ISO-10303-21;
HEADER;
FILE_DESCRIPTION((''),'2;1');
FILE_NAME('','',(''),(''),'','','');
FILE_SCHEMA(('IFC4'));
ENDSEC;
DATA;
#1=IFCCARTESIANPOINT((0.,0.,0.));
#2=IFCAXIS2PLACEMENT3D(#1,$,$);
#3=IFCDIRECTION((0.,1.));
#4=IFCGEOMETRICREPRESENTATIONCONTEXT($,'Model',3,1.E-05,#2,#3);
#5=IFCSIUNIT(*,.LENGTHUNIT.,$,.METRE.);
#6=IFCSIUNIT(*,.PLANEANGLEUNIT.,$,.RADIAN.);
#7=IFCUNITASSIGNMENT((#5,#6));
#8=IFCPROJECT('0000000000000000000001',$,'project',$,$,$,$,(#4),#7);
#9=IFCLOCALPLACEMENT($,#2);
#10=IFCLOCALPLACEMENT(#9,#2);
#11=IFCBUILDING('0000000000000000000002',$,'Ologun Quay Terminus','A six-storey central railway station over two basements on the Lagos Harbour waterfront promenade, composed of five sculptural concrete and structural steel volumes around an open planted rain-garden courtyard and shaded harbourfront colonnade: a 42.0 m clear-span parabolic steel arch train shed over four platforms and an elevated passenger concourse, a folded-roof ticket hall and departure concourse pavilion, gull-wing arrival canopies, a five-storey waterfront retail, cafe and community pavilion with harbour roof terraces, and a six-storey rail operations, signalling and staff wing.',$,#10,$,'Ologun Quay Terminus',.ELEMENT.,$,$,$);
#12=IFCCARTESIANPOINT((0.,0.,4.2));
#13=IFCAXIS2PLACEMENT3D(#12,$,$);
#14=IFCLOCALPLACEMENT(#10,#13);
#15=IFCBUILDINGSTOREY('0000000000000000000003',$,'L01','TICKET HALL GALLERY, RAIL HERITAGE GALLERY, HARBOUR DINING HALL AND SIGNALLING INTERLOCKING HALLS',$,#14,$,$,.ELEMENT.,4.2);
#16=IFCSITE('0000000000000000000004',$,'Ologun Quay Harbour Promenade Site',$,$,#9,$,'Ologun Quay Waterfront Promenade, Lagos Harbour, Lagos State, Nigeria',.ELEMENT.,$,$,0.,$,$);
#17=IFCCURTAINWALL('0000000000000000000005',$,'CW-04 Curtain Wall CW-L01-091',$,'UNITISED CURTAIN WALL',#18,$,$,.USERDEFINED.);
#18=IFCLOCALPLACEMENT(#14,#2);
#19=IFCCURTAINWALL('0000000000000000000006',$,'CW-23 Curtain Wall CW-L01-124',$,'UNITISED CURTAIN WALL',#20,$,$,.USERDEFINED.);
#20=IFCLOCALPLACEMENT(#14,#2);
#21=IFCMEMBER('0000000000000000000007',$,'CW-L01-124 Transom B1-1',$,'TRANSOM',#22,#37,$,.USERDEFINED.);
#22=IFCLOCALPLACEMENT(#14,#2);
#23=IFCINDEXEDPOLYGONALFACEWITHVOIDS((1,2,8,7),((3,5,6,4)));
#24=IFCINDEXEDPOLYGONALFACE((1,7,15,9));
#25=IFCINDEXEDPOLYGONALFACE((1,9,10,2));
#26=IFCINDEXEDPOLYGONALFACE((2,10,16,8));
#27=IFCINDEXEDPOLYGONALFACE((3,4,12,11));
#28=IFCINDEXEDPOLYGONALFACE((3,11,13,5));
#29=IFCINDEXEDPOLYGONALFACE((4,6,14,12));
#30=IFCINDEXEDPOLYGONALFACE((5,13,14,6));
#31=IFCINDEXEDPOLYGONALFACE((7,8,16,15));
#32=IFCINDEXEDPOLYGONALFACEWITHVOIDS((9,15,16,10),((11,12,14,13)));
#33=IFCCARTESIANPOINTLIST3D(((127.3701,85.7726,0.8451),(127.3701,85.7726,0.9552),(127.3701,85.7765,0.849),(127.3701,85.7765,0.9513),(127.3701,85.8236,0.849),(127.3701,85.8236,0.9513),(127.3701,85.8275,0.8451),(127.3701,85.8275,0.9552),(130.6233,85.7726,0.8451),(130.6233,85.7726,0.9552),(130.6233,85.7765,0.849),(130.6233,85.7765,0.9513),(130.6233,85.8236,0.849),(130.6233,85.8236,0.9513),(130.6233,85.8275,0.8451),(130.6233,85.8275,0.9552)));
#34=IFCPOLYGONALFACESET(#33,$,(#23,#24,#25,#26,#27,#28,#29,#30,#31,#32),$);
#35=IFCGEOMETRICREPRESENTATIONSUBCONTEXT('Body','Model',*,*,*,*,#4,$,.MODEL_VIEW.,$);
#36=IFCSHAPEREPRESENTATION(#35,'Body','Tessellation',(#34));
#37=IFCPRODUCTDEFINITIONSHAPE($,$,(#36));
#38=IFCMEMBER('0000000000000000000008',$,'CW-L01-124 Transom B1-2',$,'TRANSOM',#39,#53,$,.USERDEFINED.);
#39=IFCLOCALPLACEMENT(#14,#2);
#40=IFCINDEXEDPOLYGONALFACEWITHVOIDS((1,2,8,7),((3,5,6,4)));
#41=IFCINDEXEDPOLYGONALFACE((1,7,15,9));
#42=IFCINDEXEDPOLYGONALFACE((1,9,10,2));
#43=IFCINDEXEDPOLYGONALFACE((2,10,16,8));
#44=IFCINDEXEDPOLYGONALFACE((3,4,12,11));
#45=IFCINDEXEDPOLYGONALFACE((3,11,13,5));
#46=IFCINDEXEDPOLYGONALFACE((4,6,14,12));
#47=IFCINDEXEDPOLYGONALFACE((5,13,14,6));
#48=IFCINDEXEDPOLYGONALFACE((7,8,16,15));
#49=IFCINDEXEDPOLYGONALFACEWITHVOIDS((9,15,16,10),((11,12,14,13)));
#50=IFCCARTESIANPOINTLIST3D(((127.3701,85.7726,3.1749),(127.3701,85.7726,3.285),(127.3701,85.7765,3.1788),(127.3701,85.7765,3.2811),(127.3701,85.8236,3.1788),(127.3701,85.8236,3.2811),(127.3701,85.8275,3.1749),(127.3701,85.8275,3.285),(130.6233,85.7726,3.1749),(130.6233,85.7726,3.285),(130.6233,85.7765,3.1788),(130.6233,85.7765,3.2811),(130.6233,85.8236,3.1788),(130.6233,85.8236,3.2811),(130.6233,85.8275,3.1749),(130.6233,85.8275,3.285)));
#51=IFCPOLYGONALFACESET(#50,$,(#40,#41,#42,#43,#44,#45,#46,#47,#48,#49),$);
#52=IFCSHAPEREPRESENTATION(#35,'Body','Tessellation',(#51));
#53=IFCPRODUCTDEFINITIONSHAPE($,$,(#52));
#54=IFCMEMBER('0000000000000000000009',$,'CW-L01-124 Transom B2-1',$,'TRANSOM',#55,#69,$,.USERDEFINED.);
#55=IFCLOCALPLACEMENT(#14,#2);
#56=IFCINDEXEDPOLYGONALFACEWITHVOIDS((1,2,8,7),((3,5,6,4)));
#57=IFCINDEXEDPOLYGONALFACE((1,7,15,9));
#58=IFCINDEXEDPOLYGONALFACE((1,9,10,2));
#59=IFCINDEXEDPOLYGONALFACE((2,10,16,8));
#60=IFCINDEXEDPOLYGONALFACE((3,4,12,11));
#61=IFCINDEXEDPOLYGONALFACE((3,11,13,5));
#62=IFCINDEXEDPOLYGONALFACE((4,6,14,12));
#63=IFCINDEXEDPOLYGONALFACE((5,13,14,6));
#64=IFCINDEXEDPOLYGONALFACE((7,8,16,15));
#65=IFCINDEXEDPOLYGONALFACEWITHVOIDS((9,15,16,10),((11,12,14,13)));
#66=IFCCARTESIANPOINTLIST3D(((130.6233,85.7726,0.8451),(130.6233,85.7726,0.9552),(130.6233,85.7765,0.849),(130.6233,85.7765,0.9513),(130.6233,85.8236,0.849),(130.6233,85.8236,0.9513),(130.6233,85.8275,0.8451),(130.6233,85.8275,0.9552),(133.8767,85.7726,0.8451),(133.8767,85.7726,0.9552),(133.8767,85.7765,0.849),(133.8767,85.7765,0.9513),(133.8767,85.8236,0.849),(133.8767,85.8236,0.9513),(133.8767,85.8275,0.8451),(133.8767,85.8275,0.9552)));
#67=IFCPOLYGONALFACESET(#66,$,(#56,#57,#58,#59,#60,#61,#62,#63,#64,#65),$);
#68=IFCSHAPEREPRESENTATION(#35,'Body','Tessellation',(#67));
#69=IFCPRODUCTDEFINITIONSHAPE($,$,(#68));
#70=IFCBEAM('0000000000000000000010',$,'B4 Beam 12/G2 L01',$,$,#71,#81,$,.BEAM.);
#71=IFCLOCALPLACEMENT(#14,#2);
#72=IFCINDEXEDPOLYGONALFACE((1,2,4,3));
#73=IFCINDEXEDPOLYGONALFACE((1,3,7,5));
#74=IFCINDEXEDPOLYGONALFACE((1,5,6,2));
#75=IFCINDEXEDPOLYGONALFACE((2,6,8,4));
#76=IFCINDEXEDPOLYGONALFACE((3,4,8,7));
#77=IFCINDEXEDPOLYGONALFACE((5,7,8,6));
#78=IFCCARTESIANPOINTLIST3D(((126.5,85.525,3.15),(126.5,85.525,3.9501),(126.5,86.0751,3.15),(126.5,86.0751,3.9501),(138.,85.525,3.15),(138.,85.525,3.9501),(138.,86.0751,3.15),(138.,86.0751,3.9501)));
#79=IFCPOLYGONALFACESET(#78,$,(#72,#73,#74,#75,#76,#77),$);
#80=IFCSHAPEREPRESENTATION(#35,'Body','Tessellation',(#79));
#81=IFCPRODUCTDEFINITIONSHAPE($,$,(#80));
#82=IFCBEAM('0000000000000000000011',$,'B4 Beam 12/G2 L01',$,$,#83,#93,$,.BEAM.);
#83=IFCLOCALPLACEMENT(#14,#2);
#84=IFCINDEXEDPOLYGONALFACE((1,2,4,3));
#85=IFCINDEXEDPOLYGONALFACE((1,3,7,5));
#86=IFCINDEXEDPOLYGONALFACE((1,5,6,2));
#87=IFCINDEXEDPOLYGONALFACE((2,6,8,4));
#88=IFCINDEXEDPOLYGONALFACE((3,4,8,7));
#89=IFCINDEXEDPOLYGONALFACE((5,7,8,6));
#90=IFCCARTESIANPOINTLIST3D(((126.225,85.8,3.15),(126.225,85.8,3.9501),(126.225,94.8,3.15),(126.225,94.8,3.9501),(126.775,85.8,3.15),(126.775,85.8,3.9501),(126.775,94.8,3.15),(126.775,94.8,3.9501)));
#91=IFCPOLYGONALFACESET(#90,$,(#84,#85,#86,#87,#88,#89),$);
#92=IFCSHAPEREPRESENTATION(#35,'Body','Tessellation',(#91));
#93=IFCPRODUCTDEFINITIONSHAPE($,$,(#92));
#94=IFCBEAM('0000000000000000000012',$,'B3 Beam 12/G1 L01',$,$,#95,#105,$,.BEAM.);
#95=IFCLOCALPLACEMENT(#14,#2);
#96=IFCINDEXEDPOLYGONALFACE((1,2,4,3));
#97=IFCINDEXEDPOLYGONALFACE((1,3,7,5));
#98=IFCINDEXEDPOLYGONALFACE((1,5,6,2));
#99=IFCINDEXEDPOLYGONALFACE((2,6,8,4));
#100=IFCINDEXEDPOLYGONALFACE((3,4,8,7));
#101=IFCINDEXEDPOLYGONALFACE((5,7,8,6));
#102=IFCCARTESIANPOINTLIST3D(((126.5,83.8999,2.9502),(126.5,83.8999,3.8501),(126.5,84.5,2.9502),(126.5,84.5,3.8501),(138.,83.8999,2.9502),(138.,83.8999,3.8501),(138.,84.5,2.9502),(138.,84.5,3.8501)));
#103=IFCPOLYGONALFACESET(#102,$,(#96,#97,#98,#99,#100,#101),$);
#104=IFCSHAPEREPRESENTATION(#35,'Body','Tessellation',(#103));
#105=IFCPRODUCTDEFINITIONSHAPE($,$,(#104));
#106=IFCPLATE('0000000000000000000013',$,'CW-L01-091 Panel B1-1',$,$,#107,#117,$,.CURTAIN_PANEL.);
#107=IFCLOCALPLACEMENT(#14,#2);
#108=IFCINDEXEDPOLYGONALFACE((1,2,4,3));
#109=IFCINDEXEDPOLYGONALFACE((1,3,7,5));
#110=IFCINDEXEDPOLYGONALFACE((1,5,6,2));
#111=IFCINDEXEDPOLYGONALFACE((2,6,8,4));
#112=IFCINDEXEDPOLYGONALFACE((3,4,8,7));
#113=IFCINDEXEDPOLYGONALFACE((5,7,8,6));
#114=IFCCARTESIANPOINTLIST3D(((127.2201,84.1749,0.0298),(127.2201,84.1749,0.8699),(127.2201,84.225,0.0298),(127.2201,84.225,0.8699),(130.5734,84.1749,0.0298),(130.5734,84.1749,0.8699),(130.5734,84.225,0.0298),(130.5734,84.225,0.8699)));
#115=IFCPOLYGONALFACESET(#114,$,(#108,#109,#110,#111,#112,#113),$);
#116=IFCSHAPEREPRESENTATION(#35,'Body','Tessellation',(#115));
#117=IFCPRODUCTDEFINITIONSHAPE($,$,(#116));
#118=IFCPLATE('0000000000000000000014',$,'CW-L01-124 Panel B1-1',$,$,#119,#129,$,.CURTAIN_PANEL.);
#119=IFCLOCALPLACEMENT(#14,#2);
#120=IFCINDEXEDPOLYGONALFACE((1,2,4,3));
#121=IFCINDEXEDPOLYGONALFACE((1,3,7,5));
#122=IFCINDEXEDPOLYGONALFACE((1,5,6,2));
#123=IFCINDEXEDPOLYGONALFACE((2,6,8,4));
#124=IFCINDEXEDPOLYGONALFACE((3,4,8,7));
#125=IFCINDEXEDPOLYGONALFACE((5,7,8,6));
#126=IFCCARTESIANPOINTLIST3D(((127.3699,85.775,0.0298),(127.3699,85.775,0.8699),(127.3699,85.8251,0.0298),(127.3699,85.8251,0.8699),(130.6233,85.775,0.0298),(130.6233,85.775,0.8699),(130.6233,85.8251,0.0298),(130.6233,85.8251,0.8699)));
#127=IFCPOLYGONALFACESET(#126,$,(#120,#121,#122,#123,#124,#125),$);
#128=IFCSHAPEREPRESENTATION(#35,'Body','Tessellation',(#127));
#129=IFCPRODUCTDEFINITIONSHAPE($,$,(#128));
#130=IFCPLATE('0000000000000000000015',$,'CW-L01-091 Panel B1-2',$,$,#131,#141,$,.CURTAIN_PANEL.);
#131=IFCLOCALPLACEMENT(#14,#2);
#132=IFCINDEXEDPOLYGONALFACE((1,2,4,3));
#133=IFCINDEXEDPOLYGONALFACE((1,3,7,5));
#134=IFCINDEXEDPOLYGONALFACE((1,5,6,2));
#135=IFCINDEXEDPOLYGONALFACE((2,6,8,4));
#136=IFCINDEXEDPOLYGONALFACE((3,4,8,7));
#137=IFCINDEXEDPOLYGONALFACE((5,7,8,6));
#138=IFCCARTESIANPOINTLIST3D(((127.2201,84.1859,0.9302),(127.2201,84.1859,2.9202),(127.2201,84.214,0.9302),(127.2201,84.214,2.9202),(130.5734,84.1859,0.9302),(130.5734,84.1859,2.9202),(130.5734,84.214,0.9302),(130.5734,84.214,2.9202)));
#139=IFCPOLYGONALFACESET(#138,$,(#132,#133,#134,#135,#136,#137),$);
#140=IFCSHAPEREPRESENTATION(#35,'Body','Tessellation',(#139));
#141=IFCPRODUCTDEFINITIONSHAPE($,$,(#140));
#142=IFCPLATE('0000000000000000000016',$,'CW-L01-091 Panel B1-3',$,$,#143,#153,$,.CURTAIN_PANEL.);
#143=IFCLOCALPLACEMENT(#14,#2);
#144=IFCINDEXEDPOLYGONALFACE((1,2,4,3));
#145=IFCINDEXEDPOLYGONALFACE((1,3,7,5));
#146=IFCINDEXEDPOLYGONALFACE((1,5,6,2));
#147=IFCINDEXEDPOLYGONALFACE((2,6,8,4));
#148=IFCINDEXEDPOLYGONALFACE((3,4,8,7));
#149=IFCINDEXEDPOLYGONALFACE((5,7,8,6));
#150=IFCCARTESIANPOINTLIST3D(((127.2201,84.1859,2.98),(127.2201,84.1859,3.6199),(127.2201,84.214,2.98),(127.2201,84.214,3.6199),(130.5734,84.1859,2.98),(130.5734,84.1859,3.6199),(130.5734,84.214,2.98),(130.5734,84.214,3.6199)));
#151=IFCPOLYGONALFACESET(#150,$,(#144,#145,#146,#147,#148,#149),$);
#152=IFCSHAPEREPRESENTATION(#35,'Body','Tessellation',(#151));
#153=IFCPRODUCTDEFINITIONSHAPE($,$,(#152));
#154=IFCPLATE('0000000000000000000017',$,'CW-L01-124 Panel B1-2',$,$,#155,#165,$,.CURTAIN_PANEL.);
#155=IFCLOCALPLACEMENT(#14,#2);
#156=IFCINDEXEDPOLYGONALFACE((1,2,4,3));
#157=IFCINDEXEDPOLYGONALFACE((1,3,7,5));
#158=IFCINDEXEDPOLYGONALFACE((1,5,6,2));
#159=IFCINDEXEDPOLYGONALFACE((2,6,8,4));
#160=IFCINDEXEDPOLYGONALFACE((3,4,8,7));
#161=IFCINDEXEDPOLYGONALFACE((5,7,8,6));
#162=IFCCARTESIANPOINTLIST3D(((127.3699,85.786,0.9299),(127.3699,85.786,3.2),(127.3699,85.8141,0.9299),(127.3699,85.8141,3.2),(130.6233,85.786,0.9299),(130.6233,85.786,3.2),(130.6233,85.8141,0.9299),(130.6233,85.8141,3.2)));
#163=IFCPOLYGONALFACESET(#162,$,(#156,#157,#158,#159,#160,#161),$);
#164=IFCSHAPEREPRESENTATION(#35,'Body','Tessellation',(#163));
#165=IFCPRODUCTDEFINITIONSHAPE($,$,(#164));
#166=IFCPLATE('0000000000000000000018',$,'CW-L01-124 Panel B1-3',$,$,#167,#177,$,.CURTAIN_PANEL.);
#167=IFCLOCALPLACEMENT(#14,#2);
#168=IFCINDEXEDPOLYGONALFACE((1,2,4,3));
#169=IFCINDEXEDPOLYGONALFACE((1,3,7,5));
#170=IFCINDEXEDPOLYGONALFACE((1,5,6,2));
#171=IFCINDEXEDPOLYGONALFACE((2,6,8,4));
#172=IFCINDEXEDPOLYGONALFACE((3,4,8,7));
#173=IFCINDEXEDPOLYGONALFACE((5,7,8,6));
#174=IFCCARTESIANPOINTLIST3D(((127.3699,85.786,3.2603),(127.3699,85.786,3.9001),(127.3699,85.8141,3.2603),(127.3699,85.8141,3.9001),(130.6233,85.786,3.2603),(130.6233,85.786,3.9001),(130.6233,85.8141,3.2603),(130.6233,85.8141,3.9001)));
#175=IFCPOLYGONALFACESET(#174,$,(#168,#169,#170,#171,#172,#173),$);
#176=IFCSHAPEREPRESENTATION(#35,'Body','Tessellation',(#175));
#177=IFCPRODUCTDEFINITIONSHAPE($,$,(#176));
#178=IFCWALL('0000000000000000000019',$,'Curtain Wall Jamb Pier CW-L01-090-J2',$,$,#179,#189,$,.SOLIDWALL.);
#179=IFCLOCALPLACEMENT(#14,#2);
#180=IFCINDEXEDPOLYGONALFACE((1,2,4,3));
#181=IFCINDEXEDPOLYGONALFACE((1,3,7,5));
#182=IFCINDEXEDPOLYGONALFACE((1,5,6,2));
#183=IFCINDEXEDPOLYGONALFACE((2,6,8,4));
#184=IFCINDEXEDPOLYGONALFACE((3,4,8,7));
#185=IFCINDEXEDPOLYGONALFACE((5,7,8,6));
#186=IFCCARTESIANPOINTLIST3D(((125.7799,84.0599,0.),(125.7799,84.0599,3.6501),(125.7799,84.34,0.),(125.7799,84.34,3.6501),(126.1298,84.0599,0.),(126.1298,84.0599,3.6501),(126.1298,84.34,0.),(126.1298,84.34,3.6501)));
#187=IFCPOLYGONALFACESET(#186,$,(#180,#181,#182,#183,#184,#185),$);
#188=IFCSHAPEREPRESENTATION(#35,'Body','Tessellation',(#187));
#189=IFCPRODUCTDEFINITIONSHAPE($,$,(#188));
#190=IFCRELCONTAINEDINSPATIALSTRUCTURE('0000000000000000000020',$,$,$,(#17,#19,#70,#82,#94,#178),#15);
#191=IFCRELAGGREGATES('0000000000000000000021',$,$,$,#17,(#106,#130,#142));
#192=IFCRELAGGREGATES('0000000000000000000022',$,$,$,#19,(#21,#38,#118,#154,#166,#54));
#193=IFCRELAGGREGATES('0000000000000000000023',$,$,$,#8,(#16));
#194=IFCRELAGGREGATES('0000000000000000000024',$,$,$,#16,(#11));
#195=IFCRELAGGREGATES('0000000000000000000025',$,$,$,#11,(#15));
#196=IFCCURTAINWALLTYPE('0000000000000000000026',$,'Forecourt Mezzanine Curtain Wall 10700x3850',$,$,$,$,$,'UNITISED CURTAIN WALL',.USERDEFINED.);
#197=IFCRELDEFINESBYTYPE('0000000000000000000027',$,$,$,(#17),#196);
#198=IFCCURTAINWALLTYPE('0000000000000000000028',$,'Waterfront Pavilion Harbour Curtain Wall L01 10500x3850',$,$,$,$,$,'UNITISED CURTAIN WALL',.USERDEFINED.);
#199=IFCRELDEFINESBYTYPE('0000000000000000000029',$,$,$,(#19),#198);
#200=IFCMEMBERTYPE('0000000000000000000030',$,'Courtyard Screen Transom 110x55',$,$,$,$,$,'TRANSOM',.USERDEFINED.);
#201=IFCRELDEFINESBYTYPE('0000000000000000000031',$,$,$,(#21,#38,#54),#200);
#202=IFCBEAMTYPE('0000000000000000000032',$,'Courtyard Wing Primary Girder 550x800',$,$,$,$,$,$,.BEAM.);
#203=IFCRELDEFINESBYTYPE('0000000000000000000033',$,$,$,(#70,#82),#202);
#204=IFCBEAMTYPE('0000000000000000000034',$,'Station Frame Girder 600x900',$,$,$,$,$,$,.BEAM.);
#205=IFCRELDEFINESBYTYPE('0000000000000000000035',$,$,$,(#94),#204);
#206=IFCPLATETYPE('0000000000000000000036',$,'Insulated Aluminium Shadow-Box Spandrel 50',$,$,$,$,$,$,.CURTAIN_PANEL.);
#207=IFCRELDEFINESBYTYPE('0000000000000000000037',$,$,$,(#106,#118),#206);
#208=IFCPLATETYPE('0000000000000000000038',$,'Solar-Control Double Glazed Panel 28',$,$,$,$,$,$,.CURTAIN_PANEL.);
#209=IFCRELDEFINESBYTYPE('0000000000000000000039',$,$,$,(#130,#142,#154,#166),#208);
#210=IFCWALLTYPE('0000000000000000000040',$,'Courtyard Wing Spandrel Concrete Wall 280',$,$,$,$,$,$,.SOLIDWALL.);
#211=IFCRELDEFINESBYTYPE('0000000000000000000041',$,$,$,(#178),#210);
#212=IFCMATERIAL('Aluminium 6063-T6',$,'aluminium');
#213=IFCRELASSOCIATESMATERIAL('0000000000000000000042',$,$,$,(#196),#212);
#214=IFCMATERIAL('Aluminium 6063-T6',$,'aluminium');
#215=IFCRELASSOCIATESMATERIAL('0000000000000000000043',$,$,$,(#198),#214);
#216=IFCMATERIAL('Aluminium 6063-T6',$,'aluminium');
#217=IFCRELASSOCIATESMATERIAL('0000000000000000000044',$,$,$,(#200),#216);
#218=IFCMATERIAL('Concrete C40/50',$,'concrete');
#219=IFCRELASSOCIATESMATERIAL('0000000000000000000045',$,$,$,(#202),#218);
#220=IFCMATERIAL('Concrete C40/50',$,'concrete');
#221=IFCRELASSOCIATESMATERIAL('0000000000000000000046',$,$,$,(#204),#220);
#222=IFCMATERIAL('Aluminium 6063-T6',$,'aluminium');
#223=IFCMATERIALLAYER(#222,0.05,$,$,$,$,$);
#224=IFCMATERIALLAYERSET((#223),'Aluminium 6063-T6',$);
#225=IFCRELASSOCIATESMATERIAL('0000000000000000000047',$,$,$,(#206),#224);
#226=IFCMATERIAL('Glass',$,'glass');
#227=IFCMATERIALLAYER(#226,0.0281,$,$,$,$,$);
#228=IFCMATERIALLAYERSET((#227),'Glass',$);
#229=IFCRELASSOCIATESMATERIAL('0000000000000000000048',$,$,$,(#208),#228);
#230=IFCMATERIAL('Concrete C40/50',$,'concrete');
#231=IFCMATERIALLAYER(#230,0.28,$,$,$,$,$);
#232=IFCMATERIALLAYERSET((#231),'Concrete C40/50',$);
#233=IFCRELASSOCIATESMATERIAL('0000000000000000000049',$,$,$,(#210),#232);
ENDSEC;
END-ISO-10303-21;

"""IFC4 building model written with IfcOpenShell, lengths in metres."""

from ifc_helpers import new_model, si_unit, direction, frame, frame_2d, origin, origin_2d, place, context, subcontext, project, spatial, rectangle, hollow_rectangle, extrude, material, layer, layer_set, material_profile, profile_set, type_object, element, aggregate, save


model = new_model("IFC4")

# Units and contexts
model_context = context("Model", 3, precision=1e-05, world=origin(), true_north=direction((0.0, 1.0)))
body_context = subcontext(model_context, "Body", "Model", "MODEL_VIEW")
ifc_project = project(units=[si_unit("LENGTHUNIT", "METRE"), si_unit("PLANEANGLEUNIT", "RADIAN")], contexts=[model_context])

# Site, building, storey
site_placement = place(None, origin())
site = spatial("IfcSite", under=ifc_project, at=site_placement, Name="Ologun Quay Harbour Promenade Site", LongName="Ologun Quay Waterfront Promenade, Lagos Harbour, Lagos State, Nigeria", CompositionType="ELEMENT", RefElevation=0.0)
building_placement = place(site_placement, origin())
building = spatial("IfcBuilding", under=site, at=building_placement, Name="Ologun Quay Terminus", Description="A six-storey central railway station over two basements on the Lagos Harbour waterfront promenade, composed of five sculptural concrete and structural steel volumes around an open planted rain-garden courtyard and shaded harbourfront colonnade: a 42.0 m clear-span parabolic steel arch train shed over four platforms and an elevated passenger concourse, a folded-roof ticket hall and departure concourse pavilion, gull-wing arrival canopies, a five-storey waterfront retail, cafe and community pavilion with harbour roof terraces, and a six-storey rail operations, signalling and staff wing.", LongName="Ologun Quay Terminus", CompositionType="ELEMENT")
storey_placement = place(building_placement, frame((0.0, 0.0, 4.2)))
storey = spatial("IfcBuildingStorey", under=building, at=storey_placement, Name="L01", Description="TICKET HALL GALLERY, RAIL HERITAGE GALLERY, HARBOUR DINING HALL AND SIGNALLING INTERLOCKING HALLS", CompositionType="ELEMENT", Elevation=4.2)

# Shared definitions
ifc_material_1 = material(Name="Aluminium 6063-T6", Category="aluminium")
curtain_wall_type_1 = type_object("IfcCurtainWallType", Name="Forecourt Mezzanine Curtain Wall 10700x3850", ElementType="UNITISED CURTAIN WALL", PredefinedType="USERDEFINED", material=ifc_material_1)

# Curtain walls
curtain_wall_1_placement = place(storey_placement, origin())
curtain_wall_1 = element("IfcCurtainWall", 1, at=curtain_wall_1_placement, inside=storey, type_object=curtain_wall_type_1, Name="CW-04 Curtain Wall CW-L01-091", ObjectType="UNITISED CURTAIN WALL", PredefinedType="USERDEFINED")
ifc_material_2 = material(Name="Aluminium 6063-T6", Category="aluminium")
curtain_wall_type_2 = type_object("IfcCurtainWallType", Name="Waterfront Pavilion Harbour Curtain Wall L01 10500x3850", ElementType="UNITISED CURTAIN WALL", PredefinedType="USERDEFINED", material=ifc_material_2)
curtain_wall_2_placement = place(storey_placement, origin())
curtain_wall_2 = element("IfcCurtainWall", 2, at=curtain_wall_2_placement, inside=storey, type_object=curtain_wall_type_2, Name="CW-23 Curtain Wall CW-L01-124", ObjectType="UNITISED CURTAIN WALL", PredefinedType="USERDEFINED")

# Members
ifc_material_3 = material(Name="Aluminium 6063-T6", Category="aluminium")
ifc_material_profile_1 = material_profile(ifc_material_3, hollow_rectangle(XDim=0.0549, YDim=0.1101, WallThickness=0.0039, at=origin_2d()), Name="ALU 110x55x4")
ifc_profile_set_1 = profile_set([ifc_material_profile_1], Name="Aluminium 6063-T6")
member_type_1 = type_object("IfcMemberType", Name="Courtyard Screen Transom 110x55", ElementType="TRANSOM", PredefinedType="USERDEFINED", material=ifc_profile_set_1)
member_1_placement = place(storey_placement, frame((127.3701, 85.8, 0.9001), z_axis=(1.0, 0.0, 0.0), x_axis=(0.0, 1.0, 0.0)))
member_1 = element("IfcMember", 3, at=member_1_placement, type_object=member_type_1, Name="CW-L01-124 Transom B1-1", ObjectType="TRANSOM", PredefinedType="USERDEFINED", context=body_context, shape_type="SweptSolid", body=[
    extrude(hollow_rectangle(XDim=0.0549, YDim=0.1101, WallThickness=0.0039, at=origin_2d()), origin(), (0.0, 0.0, 1.0), 3.2532),
])
member_2_placement = place(storey_placement, frame((127.3701, 85.8, 3.23), z_axis=(1.0, 0.0, 0.0), x_axis=(0.0, 1.0, 0.0)))
member_2 = element("IfcMember", 4, at=member_2_placement, type_object=member_type_1, Name="CW-L01-124 Transom B1-2", ObjectType="TRANSOM", PredefinedType="USERDEFINED", context=body_context, shape_type="SweptSolid", body=[
    extrude(hollow_rectangle(XDim=0.0549, YDim=0.1101, WallThickness=0.0039, at=origin_2d()), origin(), (0.0, 0.0, 1.0), 3.2532),
])
member_3_placement = place(storey_placement, frame((130.6233, 85.8, 0.9001), z_axis=(1.0, 0.0, 0.0), x_axis=(0.0, 1.0, 0.0)))
member_3 = element("IfcMember", 5, at=member_3_placement, type_object=member_type_1, Name="CW-L01-124 Transom B2-1", ObjectType="TRANSOM", PredefinedType="USERDEFINED", context=body_context, shape_type="SweptSolid", body=[
    extrude(hollow_rectangle(XDim=0.0549, YDim=0.1101, WallThickness=0.0039, at=origin_2d()), origin(), (0.0, 0.0, 1.0), 3.2534),
])

# Beams
ifc_material_4 = material(Name="Concrete C40/50", Category="concrete")
ifc_material_profile_2 = material_profile(ifc_material_4, rectangle(XDim=0.55, YDim=0.8, at=origin_2d()), Name="RC 550x800")
ifc_profile_set_2 = profile_set([ifc_material_profile_2], Name="Concrete C40/50")
beam_type_1 = type_object("IfcBeamType", Name="Courtyard Wing Primary Girder 550x800", PredefinedType="BEAM", material=ifc_profile_set_2)
beam_1_placement = place(storey_placement, frame((126.5, 85.8, 3.55), z_axis=(1.0, 0.0, 0.0), x_axis=(0.0, 1.0, 0.0)))
element("IfcBeam", 6, at=beam_1_placement, inside=storey, type_object=beam_type_1, Name="B4 Beam 12/G2 L01", PredefinedType="BEAM", context=body_context, shape_type="SweptSolid", body=[
    extrude(rectangle(XDim=0.55, YDim=0.8, at=origin_2d()), origin(), (0.0, 0.0, 1.0), 11.5),
])
beam_2_placement = place(storey_placement, frame((126.5, 85.8, 3.55), z_axis=(0.0, 1.0, 0.0), x_axis=(-1.0, 0.0, 0.0)))
element("IfcBeam", 7, at=beam_2_placement, inside=storey, type_object=beam_type_1, Name="B4 Beam 12/G2 L01", PredefinedType="BEAM", context=body_context, shape_type="SweptSolid", body=[
    extrude(rectangle(XDim=0.55, YDim=0.8, at=origin_2d()), origin(), (0.0, 0.0, 1.0), 9.0),
])
ifc_material_5 = material(Name="Concrete C40/50", Category="concrete")
ifc_material_profile_3 = material_profile(ifc_material_5, rectangle(XDim=0.6001, YDim=0.8999, at=origin_2d()), Name="RC 600x900")
ifc_profile_set_3 = profile_set([ifc_material_profile_3], Name="Concrete C40/50")
beam_type_2 = type_object("IfcBeamType", Name="Station Frame Girder 600x900", PredefinedType="BEAM", material=ifc_profile_set_3)
beam_3_placement = place(storey_placement, frame((126.5, 84.2, 3.4001), z_axis=(1.0, 0.0, 0.0), x_axis=(0.0, 1.0, 0.0)))
element("IfcBeam", 8, at=beam_3_placement, inside=storey, type_object=beam_type_2, Name="B3 Beam 12/G1 L01", PredefinedType="BEAM", context=body_context, shape_type="SweptSolid", body=[
    extrude(rectangle(XDim=0.6001, YDim=0.8999, at=origin_2d()), origin(), (0.0, 0.0, 1.0), 11.5),
])

# Plates
ifc_material_6 = material(Name="Aluminium 6063-T6", Category="aluminium")
ifc_layer_1 = layer(ifc_material_6, 0.05)
ifc_layer_set_1 = layer_set([ifc_layer_1], Name="Aluminium 6063-T6")
plate_type_1 = type_object("IfcPlateType", Name="Insulated Aluminium Shadow-Box Spandrel 50", PredefinedType="CURTAIN_PANEL", material=ifc_layer_set_1)
plate_1_placement = place(storey_placement, frame((128.8967, 84.2, 0.0298), z_axis=(0.0, 0.0, 1.0), x_axis=(1.0, 0.0, 0.0)))
plate_1 = element("IfcPlate", 9, at=plate_1_placement, type_object=plate_type_1, Name="CW-L01-091 Panel B1-1", PredefinedType="CURTAIN_PANEL", context=body_context, shape_type="SweptSolid", body=[
    extrude(rectangle(XDim=3.3533, YDim=0.05, at=origin_2d()), origin(), (0.0, 0.0, 1.0), 0.8401),
])
plate_2_placement = place(storey_placement, frame((128.9966, 85.8, 0.0298), z_axis=(0.0, 0.0, 1.0), x_axis=(1.0, 0.0, 0.0)))
plate_2 = element("IfcPlate", 10, at=plate_2_placement, type_object=plate_type_1, Name="CW-L01-124 Panel B1-1", PredefinedType="CURTAIN_PANEL", context=body_context, shape_type="SweptSolid", body=[
    extrude(rectangle(XDim=3.2534, YDim=0.05, at=origin_2d()), origin(), (0.0, 0.0, 1.0), 0.8401),
])
ifc_material_7 = material(Name="Glass", Category="glass")
ifc_layer_2 = layer(ifc_material_7, 0.0281)
ifc_layer_set_2 = layer_set([ifc_layer_2], Name="Glass")
plate_type_2 = type_object("IfcPlateType", Name="Solar-Control Double Glazed Panel 28", PredefinedType="CURTAIN_PANEL", material=ifc_layer_set_2)
plate_3_placement = place(storey_placement, frame((128.8967, 84.2, 0.9302), z_axis=(0.0, 0.0, 1.0), x_axis=(1.0, 0.0, 0.0)))
plate_3 = element("IfcPlate", 11, at=plate_3_placement, type_object=plate_type_2, Name="CW-L01-091 Panel B1-2", PredefinedType="CURTAIN_PANEL", context=body_context, shape_type="SweptSolid", body=[
    extrude(rectangle(XDim=3.3533, YDim=0.0281, at=origin_2d()), origin(), (0.0, 0.0, 1.0), 1.99),
])
plate_4_placement = place(storey_placement, frame((128.8967, 84.2, 2.98), z_axis=(0.0, 0.0, 1.0), x_axis=(1.0, 0.0, 0.0)))
plate_4 = element("IfcPlate", 12, at=plate_4_placement, type_object=plate_type_2, Name="CW-L01-091 Panel B1-3", PredefinedType="CURTAIN_PANEL", context=body_context, shape_type="SweptSolid", body=[
    extrude(rectangle(XDim=3.3533, YDim=0.0281, at=origin_2d()), origin(), (0.0, 0.0, 1.0), 0.6399),
])
aggregate(curtain_wall_1, [plate_1, plate_3, plate_4])
plate_5_placement = place(storey_placement, frame((128.9966, 85.8, 0.9299), z_axis=(0.0, 0.0, 1.0), x_axis=(1.0, 0.0, 0.0)))
plate_5 = element("IfcPlate", 13, at=plate_5_placement, type_object=plate_type_2, Name="CW-L01-124 Panel B1-2", PredefinedType="CURTAIN_PANEL", context=body_context, shape_type="SweptSolid", body=[
    extrude(rectangle(XDim=3.2534, YDim=0.0281, at=origin_2d()), origin(), (0.0, 0.0, 1.0), 2.27),
])
plate_6_placement = place(storey_placement, frame((128.9966, 85.8, 3.2603), z_axis=(0.0, 0.0, 1.0), x_axis=(1.0, 0.0, 0.0)))
plate_6 = element("IfcPlate", 14, at=plate_6_placement, type_object=plate_type_2, Name="CW-L01-124 Panel B1-3", PredefinedType="CURTAIN_PANEL", context=body_context, shape_type="SweptSolid", body=[
    extrude(rectangle(XDim=3.2534, YDim=0.0281, at=origin_2d()), origin(), (0.0, 0.0, 1.0), 0.6399),
])
aggregate(curtain_wall_2, [member_1, member_2, plate_2, plate_5, plate_6, member_3])

# Wall
ifc_material_8 = material(Name="Concrete C40/50", Category="concrete")
ifc_layer_3 = layer(ifc_material_8, 0.28)
ifc_layer_set_3 = layer_set([ifc_layer_3], Name="Concrete C40/50")
wall_type_1 = type_object("IfcWallType", Name="Courtyard Wing Spandrel Concrete Wall 280", PredefinedType="SOLIDWALL", material=ifc_layer_set_3)
for number, where, z_axis, x_axis, name in (
    (15, (125.78, 84.2, 0.0), (0.0, 0.0, 1.0), (1.0, 0.0, 0.0), "Curtain Wall Jamb Pier CW-L01-090-J2"),
):
    element("IfcWall", number, at=place(storey_placement, frame(where, z_axis=z_axis, x_axis=x_axis)), inside=storey, type_object=wall_type_1, Name=name, PredefinedType="SOLIDWALL", context=body_context, shape_type="SweptSolid", body=[
        extrude(rectangle(XDim=0.3499, YDim=0.28, at=frame_2d((0.1748, 0.0))), origin(), (0.0, 0.0, 1.0), 3.6501),
    ])

save(model, "model.ifc")
